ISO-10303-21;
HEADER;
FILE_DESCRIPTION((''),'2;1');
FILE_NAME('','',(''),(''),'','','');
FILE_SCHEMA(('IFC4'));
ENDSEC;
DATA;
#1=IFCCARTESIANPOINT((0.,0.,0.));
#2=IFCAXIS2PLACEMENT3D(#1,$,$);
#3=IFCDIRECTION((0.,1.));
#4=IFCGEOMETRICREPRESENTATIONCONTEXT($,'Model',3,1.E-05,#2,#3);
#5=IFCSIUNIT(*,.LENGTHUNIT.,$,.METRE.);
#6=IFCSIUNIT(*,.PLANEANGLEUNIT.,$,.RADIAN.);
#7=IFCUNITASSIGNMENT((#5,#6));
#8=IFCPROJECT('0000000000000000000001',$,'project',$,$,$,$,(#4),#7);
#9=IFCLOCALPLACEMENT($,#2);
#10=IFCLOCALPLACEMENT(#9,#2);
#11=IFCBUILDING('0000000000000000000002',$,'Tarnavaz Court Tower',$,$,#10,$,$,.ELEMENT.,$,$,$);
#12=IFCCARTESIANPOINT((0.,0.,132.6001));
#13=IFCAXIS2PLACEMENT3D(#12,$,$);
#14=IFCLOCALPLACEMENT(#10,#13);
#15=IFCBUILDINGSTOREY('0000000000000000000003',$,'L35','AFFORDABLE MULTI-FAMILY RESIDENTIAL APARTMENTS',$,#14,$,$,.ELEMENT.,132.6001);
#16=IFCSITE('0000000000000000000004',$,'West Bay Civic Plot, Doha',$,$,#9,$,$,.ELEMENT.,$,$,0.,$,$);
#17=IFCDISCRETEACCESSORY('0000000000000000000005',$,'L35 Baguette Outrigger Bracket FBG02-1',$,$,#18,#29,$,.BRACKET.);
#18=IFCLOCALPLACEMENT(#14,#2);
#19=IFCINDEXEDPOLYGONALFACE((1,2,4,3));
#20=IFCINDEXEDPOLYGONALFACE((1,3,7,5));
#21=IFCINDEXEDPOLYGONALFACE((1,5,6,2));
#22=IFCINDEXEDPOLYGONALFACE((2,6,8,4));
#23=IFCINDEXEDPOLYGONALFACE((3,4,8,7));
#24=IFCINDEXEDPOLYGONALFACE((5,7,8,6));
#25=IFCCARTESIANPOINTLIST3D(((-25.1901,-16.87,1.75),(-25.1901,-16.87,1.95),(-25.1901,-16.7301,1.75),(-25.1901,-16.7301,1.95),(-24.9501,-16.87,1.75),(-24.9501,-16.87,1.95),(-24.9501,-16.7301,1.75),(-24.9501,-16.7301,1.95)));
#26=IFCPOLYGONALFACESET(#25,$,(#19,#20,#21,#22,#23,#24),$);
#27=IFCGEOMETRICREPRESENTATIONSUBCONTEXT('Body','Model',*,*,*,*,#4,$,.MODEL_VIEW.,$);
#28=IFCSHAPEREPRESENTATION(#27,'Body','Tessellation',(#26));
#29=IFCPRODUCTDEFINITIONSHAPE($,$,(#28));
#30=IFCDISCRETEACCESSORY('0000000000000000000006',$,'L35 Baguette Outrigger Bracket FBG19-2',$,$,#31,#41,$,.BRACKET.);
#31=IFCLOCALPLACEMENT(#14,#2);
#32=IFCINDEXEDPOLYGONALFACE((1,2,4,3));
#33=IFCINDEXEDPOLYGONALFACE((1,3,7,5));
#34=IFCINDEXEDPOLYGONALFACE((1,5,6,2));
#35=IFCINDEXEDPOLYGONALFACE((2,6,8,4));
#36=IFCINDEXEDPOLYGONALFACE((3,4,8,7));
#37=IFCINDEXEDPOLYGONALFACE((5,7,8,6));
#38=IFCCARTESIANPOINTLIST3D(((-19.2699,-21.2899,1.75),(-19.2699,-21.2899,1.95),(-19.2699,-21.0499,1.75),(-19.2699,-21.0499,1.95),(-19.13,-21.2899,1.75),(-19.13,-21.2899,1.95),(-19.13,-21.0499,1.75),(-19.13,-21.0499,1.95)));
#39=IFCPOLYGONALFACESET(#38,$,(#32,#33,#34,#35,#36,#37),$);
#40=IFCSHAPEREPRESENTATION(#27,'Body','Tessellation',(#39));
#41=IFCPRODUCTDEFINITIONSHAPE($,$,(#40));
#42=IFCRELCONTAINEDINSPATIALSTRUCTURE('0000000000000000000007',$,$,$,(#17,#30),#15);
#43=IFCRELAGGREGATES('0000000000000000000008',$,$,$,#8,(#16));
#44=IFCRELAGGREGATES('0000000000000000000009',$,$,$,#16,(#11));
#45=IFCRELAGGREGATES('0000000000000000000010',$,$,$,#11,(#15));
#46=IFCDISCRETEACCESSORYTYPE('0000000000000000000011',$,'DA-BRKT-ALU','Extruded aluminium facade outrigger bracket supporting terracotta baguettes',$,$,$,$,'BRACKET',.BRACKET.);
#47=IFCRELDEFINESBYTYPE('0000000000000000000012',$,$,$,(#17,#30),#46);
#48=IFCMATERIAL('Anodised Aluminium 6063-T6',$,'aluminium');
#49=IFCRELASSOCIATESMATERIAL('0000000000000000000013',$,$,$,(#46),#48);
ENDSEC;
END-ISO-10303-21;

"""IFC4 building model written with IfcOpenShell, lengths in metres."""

from ifc_helpers import new_model, si_unit, direction, frame, origin, origin_2d, place, context, subcontext, project, spatial, rectangle, extrude, material, type_object, element, save


model = new_model("IFC4")

# Units and contexts
model_context = context("Model", 3, precision=1e-05, world=origin(), true_north=direction((0.0, 1.0)))
body_context = subcontext(model_context, "Body", "Model", "MODEL_VIEW")
ifc_project = project(units=[si_unit("LENGTHUNIT", "METRE"), si_unit("PLANEANGLEUNIT", "RADIAN")], contexts=[model_context])

# Site, building, storey
site_placement = place(None, origin())
site = spatial("IfcSite", under=ifc_project, at=site_placement, Name="West Bay Civic Plot, Doha", CompositionType="ELEMENT", RefElevation=0.0)
building_placement = place(site_placement, origin())
building = spatial("IfcBuilding", under=site, at=building_placement, Name="Tarnavaz Court Tower", CompositionType="ELEMENT")
storey_placement = place(building_placement, frame((0.0, 0.0, 132.6001)))
storey = spatial("IfcBuildingStorey", under=building, at=storey_placement, Name="L35", Description="AFFORDABLE MULTI-FAMILY RESIDENTIAL APARTMENTS", CompositionType="ELEMENT", Elevation=132.6001)

# Discrete accessories
ifc_material_1 = material(Name="Anodised Aluminium 6063-T6", Category="aluminium")
discrete_accessory_type = type_object("IfcDiscreteAccessoryType", Name="DA-BRKT-ALU", Description="Extruded aluminium facade outrigger bracket supporting terracotta baguettes", ElementType="BRACKET", PredefinedType="BRACKET", material=ifc_material_1)
for number, where, z_axis, x_axis, name in (
    (1, (-25.0701, -16.8, 1.75), (0.0, 0.0, 1.0), (0.0, 1.0, 0.0), "L35 Baguette Outrigger Bracket FBG02-1"),
    (2, (-19.2, -21.1699, 1.75), (0.0, 0.0, 1.0), (-1.0, 0.0, 0.0), "L35 Baguette Outrigger Bracket FBG19-2"),
):
    element("IfcDiscreteAccessory", number, at=place(storey_placement, frame(where, z_axis=z_axis, x_axis=x_axis)), inside=storey, type_object=discrete_accessory_type, Name=name, PredefinedType="BRACKET", context=body_context, shape_type="SweptSolid", body=[
        extrude(rectangle(XDim=0.1399, YDim=0.24, at=origin_2d()), origin(), (0.0, 0.0, 1.0), 0.2),
    ])

save(model, "model.ifc")
